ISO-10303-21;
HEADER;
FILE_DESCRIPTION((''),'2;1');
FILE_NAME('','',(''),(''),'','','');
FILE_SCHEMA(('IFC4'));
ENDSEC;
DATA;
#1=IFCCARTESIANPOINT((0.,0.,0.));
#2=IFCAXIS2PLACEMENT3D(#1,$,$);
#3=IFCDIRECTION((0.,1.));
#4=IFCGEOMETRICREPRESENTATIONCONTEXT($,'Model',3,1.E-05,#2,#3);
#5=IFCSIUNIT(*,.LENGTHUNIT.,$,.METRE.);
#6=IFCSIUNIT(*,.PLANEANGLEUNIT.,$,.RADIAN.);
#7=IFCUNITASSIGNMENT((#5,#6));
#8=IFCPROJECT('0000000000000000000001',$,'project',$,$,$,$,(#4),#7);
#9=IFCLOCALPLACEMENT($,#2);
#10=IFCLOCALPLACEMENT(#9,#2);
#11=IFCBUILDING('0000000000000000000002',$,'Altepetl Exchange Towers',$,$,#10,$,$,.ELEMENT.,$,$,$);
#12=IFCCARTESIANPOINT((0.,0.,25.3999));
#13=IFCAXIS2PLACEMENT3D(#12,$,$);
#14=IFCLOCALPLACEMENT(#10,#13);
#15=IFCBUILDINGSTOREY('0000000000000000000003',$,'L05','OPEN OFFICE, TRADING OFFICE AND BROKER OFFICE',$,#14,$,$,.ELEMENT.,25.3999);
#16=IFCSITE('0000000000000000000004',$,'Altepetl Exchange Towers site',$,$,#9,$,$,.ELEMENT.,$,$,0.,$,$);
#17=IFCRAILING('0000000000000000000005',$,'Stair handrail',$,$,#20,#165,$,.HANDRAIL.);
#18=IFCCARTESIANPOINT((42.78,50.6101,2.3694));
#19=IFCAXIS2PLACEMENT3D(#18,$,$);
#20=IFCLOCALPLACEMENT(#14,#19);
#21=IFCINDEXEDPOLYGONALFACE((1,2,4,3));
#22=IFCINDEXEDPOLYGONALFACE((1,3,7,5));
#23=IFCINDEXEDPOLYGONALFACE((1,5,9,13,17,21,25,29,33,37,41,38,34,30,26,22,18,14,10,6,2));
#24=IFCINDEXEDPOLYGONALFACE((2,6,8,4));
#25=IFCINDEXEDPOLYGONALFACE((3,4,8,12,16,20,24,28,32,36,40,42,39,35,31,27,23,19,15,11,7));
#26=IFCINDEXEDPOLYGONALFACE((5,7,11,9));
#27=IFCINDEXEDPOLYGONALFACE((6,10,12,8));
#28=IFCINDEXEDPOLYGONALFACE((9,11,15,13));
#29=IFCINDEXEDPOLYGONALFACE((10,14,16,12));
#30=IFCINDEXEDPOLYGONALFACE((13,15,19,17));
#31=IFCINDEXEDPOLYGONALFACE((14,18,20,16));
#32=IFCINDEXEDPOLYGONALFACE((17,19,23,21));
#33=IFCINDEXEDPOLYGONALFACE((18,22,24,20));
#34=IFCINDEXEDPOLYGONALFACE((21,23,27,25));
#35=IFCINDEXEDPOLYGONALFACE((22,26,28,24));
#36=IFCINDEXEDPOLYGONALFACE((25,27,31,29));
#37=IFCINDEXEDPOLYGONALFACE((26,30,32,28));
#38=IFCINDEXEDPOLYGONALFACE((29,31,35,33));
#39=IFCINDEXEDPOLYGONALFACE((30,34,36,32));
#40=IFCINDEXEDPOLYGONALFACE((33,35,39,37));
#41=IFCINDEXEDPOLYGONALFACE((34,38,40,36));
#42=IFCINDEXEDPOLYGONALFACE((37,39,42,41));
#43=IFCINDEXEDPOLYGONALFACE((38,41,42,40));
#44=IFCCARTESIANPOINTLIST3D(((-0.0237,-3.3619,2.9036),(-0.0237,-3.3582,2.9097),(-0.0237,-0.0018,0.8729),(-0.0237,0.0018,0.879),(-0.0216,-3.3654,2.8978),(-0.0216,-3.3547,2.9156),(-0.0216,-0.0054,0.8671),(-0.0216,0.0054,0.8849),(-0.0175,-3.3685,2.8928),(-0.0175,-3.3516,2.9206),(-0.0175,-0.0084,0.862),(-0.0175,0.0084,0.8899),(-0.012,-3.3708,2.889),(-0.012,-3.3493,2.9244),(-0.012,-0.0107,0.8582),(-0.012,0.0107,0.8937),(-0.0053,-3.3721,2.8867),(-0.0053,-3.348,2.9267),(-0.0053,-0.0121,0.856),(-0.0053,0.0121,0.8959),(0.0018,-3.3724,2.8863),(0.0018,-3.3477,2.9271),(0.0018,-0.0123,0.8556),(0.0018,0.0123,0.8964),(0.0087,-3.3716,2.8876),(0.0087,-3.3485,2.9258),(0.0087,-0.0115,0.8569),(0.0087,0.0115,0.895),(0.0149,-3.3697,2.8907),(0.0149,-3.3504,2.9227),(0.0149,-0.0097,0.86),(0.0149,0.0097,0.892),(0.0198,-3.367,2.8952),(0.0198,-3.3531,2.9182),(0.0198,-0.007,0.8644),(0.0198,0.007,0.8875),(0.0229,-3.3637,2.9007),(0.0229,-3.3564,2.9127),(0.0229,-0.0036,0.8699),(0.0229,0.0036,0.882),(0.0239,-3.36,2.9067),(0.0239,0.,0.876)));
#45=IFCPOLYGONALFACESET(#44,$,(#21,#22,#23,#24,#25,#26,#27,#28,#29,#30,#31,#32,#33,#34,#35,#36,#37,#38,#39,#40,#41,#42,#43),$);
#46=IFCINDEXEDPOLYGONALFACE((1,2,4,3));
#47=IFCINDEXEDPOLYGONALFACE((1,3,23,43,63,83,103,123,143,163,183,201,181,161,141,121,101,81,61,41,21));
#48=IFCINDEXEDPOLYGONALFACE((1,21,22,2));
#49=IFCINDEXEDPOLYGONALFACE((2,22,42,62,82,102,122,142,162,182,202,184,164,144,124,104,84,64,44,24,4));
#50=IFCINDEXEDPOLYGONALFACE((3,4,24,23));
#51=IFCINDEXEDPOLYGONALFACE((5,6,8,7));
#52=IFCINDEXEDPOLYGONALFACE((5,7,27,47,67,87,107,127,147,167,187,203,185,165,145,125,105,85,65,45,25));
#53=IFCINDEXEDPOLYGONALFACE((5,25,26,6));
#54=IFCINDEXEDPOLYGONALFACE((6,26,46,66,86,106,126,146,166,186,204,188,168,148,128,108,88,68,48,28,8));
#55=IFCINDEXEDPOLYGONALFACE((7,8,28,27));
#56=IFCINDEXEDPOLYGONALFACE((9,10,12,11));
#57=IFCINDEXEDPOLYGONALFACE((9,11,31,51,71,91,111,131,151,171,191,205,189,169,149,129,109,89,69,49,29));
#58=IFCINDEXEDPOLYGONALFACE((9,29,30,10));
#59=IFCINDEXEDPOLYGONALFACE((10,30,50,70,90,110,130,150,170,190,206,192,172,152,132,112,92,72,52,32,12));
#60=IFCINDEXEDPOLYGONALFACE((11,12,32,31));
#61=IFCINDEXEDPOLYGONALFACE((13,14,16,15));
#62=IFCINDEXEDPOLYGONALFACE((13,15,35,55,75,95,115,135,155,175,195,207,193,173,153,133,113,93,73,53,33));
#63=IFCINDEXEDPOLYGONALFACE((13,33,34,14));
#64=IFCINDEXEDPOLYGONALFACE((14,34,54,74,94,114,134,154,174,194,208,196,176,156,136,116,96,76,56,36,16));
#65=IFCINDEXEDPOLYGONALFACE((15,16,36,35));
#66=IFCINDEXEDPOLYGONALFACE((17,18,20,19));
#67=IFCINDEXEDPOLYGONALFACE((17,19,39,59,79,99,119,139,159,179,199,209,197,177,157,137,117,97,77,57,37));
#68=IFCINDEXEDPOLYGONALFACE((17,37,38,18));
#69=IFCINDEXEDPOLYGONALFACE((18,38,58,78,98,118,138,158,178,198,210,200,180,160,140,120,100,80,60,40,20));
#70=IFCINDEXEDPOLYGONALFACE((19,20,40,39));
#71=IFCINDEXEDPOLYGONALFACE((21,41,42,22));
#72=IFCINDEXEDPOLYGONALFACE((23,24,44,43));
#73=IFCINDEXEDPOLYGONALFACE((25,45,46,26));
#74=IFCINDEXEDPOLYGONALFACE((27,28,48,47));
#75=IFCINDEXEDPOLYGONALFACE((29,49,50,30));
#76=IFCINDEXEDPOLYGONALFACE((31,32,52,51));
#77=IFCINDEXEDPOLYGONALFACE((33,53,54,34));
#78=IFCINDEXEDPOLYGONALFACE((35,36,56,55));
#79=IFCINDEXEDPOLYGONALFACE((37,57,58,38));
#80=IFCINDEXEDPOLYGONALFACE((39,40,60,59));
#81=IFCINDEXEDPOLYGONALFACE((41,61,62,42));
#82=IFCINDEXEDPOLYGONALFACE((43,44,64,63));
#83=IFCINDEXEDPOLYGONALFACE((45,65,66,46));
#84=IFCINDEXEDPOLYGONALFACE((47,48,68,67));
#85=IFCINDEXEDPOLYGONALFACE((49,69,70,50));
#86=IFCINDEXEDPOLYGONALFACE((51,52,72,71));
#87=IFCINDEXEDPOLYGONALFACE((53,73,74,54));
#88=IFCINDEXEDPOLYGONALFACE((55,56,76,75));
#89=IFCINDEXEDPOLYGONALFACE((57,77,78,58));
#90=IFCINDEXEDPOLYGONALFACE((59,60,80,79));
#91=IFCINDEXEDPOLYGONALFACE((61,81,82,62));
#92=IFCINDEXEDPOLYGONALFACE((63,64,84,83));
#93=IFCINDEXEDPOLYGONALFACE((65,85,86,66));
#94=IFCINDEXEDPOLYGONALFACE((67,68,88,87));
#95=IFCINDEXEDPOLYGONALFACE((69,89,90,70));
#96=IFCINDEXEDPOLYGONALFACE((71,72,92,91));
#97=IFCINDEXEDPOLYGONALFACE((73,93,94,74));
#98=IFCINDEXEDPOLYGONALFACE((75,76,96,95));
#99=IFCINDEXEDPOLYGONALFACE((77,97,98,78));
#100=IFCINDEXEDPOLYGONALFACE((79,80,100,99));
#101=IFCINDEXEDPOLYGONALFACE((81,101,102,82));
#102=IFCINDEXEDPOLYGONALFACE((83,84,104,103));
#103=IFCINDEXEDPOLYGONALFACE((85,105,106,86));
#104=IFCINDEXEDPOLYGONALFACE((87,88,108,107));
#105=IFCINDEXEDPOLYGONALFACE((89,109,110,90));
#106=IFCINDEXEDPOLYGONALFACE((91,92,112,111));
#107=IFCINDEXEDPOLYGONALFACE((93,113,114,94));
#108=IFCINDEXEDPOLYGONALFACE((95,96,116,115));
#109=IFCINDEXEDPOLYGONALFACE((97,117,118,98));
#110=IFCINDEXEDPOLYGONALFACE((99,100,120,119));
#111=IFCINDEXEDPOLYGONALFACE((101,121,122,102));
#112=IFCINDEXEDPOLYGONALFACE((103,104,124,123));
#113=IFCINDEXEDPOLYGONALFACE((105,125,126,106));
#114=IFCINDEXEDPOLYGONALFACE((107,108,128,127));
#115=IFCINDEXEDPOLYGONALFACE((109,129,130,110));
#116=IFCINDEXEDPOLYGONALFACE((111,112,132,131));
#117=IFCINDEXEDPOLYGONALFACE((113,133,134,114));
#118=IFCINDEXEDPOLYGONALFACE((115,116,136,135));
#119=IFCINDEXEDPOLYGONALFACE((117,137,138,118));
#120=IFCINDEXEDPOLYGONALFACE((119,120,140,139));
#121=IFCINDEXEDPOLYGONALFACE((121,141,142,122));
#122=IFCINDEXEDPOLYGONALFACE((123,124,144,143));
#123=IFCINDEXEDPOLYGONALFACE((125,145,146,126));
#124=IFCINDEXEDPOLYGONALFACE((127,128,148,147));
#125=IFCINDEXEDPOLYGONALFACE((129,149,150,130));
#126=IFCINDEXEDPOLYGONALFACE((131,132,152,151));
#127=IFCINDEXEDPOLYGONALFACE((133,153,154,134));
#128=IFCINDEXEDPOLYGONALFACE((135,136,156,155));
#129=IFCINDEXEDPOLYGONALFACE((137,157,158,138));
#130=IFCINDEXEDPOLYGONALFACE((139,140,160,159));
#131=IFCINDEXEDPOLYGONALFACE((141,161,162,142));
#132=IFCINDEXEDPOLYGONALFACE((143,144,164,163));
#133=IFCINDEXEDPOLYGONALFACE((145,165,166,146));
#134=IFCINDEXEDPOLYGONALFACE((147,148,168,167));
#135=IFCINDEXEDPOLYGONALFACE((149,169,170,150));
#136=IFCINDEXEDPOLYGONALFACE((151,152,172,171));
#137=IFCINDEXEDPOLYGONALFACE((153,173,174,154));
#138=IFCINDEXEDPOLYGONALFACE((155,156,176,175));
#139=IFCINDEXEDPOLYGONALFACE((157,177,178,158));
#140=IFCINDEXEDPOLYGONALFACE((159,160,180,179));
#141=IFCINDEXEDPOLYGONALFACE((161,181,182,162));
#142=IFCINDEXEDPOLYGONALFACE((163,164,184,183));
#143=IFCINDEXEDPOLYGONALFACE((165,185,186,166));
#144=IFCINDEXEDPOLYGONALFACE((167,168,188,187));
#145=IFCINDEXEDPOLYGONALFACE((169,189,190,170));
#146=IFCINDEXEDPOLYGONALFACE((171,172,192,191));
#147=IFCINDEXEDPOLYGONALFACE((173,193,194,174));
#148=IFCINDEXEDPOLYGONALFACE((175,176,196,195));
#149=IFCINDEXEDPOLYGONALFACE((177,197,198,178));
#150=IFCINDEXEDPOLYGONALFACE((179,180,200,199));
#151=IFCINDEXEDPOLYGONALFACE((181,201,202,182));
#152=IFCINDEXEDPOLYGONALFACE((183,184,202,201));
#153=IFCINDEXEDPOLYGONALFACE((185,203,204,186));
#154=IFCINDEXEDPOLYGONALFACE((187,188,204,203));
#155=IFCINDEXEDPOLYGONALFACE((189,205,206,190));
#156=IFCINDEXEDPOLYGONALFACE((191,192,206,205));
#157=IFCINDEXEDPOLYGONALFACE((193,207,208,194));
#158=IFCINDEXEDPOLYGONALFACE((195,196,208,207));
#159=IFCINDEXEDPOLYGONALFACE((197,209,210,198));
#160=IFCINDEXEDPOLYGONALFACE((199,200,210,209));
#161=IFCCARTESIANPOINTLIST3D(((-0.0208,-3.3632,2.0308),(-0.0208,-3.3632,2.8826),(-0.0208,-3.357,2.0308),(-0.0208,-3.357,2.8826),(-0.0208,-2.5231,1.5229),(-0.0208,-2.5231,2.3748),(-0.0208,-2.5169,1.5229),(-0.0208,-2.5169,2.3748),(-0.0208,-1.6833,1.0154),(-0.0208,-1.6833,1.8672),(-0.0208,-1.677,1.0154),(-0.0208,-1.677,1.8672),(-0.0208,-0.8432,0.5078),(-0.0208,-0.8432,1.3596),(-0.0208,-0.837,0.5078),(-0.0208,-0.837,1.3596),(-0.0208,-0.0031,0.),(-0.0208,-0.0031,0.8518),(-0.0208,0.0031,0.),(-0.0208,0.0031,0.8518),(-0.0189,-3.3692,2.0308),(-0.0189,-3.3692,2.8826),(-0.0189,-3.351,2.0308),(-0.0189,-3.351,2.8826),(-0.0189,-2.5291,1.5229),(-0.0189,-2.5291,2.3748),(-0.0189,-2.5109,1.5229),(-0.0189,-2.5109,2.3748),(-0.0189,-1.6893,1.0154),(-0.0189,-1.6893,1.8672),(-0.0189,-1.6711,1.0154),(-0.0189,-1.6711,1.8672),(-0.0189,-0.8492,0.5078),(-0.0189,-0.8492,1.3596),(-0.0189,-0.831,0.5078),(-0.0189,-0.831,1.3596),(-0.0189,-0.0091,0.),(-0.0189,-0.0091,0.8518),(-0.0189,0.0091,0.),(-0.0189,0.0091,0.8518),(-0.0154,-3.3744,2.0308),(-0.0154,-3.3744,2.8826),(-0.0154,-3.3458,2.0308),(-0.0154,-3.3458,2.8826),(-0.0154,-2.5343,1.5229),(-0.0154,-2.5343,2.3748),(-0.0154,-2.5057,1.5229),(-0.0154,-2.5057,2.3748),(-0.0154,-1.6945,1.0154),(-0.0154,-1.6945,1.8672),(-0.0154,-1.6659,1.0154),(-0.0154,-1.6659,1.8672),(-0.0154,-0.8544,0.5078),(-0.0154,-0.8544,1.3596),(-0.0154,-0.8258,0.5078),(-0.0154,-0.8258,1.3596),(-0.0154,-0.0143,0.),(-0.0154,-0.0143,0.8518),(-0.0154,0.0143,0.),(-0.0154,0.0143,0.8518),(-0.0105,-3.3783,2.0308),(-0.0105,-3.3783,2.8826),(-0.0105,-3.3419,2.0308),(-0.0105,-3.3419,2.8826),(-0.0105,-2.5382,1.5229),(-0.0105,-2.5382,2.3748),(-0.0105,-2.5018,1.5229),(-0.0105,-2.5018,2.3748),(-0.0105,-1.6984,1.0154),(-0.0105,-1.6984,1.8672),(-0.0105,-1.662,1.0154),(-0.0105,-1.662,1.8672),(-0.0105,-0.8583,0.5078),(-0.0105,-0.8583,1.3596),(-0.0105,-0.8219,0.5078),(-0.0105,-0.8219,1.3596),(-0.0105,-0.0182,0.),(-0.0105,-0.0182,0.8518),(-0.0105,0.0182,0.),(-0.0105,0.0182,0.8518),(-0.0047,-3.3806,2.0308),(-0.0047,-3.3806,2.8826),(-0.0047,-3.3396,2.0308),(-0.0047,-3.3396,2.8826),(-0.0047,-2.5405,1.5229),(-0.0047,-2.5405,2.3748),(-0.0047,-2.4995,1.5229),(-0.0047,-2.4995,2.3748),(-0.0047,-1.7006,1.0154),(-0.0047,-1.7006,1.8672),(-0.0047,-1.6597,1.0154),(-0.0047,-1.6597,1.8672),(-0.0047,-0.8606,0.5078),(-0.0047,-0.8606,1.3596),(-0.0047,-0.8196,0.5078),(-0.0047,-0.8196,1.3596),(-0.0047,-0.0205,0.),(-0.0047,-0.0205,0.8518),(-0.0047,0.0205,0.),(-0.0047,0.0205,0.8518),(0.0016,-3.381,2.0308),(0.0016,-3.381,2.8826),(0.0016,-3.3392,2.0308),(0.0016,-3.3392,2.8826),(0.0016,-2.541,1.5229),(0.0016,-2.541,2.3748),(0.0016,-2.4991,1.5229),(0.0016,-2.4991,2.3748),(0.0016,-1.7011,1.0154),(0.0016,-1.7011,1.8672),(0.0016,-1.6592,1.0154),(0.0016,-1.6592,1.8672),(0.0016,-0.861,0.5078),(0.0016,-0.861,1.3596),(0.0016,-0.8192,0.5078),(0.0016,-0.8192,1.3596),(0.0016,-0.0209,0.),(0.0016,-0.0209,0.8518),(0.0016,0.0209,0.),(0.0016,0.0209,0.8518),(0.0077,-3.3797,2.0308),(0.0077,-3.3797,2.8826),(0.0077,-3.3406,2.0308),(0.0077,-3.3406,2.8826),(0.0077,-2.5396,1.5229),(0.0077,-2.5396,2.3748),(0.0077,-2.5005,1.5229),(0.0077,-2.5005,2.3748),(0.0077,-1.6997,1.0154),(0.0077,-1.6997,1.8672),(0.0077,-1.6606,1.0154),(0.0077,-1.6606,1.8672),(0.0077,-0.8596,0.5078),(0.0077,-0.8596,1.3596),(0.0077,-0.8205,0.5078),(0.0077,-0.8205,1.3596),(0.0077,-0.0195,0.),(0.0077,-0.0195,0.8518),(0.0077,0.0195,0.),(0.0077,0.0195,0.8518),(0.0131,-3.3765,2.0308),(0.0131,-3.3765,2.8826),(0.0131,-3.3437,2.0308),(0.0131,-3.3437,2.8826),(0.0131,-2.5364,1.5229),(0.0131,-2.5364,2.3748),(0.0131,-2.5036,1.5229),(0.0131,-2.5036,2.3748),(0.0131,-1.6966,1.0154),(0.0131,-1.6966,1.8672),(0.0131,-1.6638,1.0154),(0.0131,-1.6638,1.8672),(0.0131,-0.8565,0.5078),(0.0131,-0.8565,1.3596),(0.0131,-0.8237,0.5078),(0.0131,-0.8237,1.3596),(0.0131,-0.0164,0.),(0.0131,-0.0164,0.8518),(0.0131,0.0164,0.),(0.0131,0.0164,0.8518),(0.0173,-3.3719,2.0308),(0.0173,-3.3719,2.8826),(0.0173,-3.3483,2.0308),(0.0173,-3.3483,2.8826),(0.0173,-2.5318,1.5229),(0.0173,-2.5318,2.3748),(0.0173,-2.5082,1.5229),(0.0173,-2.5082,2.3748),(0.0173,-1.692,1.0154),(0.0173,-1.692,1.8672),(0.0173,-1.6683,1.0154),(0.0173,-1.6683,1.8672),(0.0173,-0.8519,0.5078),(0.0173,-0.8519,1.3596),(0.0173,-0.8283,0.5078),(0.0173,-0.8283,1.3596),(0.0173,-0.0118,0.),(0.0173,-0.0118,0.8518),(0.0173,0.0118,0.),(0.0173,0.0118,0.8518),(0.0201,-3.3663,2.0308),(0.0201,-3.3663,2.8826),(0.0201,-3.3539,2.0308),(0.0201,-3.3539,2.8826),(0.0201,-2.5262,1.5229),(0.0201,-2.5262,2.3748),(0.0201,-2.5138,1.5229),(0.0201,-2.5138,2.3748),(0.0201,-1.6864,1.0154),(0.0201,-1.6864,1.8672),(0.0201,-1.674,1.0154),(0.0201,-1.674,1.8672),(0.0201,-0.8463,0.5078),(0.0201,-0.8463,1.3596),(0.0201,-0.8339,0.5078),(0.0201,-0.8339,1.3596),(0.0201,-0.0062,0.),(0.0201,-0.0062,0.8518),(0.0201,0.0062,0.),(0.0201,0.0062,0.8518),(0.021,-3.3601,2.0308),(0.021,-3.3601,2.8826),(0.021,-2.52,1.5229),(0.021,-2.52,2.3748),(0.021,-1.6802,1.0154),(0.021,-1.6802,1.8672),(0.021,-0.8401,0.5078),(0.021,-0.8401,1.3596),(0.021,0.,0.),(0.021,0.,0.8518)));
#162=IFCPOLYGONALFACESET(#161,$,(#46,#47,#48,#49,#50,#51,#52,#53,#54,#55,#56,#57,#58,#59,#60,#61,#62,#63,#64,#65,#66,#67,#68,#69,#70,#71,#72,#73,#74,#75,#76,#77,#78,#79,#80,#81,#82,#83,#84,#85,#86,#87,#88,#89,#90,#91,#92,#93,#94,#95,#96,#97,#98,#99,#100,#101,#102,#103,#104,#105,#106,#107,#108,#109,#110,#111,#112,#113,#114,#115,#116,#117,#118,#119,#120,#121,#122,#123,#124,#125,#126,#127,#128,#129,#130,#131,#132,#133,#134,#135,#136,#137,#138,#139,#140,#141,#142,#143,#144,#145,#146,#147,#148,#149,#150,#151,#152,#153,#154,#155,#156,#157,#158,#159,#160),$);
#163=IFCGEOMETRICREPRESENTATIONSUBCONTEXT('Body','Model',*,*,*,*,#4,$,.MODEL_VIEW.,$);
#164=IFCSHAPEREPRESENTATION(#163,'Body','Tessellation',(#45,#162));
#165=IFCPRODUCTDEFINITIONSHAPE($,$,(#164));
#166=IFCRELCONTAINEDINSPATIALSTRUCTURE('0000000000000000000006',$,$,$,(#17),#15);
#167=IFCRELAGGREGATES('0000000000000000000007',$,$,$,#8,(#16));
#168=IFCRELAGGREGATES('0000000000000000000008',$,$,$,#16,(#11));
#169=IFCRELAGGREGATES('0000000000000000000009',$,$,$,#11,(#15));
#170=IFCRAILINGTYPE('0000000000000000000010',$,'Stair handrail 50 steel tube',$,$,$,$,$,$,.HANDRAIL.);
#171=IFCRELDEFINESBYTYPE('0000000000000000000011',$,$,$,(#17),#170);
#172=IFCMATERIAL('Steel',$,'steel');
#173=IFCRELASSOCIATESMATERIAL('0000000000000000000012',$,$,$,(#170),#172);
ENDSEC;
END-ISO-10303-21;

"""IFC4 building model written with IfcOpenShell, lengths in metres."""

from ifc_helpers import new_model, si_unit, direction, frame, origin, origin_2d, place, context, subcontext, project, spatial, circle, extrude, source, transform, mapped, material, type_object, element, save


model = new_model("IFC4")

# Units and contexts
model_context = context("Model", 3, precision=1e-05, world=origin(), true_north=direction((0.0, 1.0)))
body_context = subcontext(model_context, "Body", "Model", "MODEL_VIEW")
ifc_project = project(units=[si_unit("LENGTHUNIT", "METRE"), si_unit("PLANEANGLEUNIT", "RADIAN")], contexts=[model_context])

# Site, building, storey
site_placement = place(None, origin())
site = spatial("IfcSite", under=ifc_project, at=site_placement, Name="Altepetl Exchange Towers site", CompositionType="ELEMENT", RefElevation=0.0)
building_placement = place(site_placement, origin())
building = spatial("IfcBuilding", under=site, at=building_placement, Name="Altepetl Exchange Towers", CompositionType="ELEMENT")
storey_placement = place(building_placement, frame((0.0, 0.0, 25.3999)))
storey = spatial("IfcBuildingStorey", under=building, at=storey_placement, Name="L05", Description="OPEN OFFICE, TRADING OFFICE AND BROKER OFFICE", CompositionType="ELEMENT", Elevation=25.3999)

# Railing
ifc_material_1 = material(Name="Steel", Category="steel")
railing_type = type_object("IfcRailingType", Name="Stair handrail 50 steel tube", PredefinedType="HANDRAIL", material=ifc_material_1)
shared_shape = source(origin(), body_context, "Body", "SweptSolid", [
    extrude(circle(Radius=0.021, at=origin_2d()), origin(), (0.0, 0.0, 1.0), 0.8518),
])
railing_placement = place(storey_placement, frame((42.78, 50.6101, 2.3694)))
element("IfcRailing", 1, at=railing_placement, inside=storey, type_object=railing_type, Name="Stair handrail", PredefinedType="HANDRAIL", context=body_context, shape_type="SweptSolid", body=[
    extrude(circle(Radius=0.0239, at=origin_2d()), frame((0.0, 0.0, 0.876), z_axis=(0.0, -0.855837, 0.517246), x_axis=(1.0, 0.0, 0.0)), (0.0, 0.0, 1.0), 3.926),
    mapped(shared_shape, transform((0.0, 0.0, 0.0))),
    mapped(shared_shape, transform((0.0, -0.8401, 0.5078))),
    mapped(shared_shape, transform((0.0, -1.6802, 1.0154))),
    mapped(shared_shape, transform((0.0, -2.52, 1.5229))),
    mapped(shared_shape, transform((0.0, -3.3601, 2.0308))),
])

save(model, "model.ifc")
